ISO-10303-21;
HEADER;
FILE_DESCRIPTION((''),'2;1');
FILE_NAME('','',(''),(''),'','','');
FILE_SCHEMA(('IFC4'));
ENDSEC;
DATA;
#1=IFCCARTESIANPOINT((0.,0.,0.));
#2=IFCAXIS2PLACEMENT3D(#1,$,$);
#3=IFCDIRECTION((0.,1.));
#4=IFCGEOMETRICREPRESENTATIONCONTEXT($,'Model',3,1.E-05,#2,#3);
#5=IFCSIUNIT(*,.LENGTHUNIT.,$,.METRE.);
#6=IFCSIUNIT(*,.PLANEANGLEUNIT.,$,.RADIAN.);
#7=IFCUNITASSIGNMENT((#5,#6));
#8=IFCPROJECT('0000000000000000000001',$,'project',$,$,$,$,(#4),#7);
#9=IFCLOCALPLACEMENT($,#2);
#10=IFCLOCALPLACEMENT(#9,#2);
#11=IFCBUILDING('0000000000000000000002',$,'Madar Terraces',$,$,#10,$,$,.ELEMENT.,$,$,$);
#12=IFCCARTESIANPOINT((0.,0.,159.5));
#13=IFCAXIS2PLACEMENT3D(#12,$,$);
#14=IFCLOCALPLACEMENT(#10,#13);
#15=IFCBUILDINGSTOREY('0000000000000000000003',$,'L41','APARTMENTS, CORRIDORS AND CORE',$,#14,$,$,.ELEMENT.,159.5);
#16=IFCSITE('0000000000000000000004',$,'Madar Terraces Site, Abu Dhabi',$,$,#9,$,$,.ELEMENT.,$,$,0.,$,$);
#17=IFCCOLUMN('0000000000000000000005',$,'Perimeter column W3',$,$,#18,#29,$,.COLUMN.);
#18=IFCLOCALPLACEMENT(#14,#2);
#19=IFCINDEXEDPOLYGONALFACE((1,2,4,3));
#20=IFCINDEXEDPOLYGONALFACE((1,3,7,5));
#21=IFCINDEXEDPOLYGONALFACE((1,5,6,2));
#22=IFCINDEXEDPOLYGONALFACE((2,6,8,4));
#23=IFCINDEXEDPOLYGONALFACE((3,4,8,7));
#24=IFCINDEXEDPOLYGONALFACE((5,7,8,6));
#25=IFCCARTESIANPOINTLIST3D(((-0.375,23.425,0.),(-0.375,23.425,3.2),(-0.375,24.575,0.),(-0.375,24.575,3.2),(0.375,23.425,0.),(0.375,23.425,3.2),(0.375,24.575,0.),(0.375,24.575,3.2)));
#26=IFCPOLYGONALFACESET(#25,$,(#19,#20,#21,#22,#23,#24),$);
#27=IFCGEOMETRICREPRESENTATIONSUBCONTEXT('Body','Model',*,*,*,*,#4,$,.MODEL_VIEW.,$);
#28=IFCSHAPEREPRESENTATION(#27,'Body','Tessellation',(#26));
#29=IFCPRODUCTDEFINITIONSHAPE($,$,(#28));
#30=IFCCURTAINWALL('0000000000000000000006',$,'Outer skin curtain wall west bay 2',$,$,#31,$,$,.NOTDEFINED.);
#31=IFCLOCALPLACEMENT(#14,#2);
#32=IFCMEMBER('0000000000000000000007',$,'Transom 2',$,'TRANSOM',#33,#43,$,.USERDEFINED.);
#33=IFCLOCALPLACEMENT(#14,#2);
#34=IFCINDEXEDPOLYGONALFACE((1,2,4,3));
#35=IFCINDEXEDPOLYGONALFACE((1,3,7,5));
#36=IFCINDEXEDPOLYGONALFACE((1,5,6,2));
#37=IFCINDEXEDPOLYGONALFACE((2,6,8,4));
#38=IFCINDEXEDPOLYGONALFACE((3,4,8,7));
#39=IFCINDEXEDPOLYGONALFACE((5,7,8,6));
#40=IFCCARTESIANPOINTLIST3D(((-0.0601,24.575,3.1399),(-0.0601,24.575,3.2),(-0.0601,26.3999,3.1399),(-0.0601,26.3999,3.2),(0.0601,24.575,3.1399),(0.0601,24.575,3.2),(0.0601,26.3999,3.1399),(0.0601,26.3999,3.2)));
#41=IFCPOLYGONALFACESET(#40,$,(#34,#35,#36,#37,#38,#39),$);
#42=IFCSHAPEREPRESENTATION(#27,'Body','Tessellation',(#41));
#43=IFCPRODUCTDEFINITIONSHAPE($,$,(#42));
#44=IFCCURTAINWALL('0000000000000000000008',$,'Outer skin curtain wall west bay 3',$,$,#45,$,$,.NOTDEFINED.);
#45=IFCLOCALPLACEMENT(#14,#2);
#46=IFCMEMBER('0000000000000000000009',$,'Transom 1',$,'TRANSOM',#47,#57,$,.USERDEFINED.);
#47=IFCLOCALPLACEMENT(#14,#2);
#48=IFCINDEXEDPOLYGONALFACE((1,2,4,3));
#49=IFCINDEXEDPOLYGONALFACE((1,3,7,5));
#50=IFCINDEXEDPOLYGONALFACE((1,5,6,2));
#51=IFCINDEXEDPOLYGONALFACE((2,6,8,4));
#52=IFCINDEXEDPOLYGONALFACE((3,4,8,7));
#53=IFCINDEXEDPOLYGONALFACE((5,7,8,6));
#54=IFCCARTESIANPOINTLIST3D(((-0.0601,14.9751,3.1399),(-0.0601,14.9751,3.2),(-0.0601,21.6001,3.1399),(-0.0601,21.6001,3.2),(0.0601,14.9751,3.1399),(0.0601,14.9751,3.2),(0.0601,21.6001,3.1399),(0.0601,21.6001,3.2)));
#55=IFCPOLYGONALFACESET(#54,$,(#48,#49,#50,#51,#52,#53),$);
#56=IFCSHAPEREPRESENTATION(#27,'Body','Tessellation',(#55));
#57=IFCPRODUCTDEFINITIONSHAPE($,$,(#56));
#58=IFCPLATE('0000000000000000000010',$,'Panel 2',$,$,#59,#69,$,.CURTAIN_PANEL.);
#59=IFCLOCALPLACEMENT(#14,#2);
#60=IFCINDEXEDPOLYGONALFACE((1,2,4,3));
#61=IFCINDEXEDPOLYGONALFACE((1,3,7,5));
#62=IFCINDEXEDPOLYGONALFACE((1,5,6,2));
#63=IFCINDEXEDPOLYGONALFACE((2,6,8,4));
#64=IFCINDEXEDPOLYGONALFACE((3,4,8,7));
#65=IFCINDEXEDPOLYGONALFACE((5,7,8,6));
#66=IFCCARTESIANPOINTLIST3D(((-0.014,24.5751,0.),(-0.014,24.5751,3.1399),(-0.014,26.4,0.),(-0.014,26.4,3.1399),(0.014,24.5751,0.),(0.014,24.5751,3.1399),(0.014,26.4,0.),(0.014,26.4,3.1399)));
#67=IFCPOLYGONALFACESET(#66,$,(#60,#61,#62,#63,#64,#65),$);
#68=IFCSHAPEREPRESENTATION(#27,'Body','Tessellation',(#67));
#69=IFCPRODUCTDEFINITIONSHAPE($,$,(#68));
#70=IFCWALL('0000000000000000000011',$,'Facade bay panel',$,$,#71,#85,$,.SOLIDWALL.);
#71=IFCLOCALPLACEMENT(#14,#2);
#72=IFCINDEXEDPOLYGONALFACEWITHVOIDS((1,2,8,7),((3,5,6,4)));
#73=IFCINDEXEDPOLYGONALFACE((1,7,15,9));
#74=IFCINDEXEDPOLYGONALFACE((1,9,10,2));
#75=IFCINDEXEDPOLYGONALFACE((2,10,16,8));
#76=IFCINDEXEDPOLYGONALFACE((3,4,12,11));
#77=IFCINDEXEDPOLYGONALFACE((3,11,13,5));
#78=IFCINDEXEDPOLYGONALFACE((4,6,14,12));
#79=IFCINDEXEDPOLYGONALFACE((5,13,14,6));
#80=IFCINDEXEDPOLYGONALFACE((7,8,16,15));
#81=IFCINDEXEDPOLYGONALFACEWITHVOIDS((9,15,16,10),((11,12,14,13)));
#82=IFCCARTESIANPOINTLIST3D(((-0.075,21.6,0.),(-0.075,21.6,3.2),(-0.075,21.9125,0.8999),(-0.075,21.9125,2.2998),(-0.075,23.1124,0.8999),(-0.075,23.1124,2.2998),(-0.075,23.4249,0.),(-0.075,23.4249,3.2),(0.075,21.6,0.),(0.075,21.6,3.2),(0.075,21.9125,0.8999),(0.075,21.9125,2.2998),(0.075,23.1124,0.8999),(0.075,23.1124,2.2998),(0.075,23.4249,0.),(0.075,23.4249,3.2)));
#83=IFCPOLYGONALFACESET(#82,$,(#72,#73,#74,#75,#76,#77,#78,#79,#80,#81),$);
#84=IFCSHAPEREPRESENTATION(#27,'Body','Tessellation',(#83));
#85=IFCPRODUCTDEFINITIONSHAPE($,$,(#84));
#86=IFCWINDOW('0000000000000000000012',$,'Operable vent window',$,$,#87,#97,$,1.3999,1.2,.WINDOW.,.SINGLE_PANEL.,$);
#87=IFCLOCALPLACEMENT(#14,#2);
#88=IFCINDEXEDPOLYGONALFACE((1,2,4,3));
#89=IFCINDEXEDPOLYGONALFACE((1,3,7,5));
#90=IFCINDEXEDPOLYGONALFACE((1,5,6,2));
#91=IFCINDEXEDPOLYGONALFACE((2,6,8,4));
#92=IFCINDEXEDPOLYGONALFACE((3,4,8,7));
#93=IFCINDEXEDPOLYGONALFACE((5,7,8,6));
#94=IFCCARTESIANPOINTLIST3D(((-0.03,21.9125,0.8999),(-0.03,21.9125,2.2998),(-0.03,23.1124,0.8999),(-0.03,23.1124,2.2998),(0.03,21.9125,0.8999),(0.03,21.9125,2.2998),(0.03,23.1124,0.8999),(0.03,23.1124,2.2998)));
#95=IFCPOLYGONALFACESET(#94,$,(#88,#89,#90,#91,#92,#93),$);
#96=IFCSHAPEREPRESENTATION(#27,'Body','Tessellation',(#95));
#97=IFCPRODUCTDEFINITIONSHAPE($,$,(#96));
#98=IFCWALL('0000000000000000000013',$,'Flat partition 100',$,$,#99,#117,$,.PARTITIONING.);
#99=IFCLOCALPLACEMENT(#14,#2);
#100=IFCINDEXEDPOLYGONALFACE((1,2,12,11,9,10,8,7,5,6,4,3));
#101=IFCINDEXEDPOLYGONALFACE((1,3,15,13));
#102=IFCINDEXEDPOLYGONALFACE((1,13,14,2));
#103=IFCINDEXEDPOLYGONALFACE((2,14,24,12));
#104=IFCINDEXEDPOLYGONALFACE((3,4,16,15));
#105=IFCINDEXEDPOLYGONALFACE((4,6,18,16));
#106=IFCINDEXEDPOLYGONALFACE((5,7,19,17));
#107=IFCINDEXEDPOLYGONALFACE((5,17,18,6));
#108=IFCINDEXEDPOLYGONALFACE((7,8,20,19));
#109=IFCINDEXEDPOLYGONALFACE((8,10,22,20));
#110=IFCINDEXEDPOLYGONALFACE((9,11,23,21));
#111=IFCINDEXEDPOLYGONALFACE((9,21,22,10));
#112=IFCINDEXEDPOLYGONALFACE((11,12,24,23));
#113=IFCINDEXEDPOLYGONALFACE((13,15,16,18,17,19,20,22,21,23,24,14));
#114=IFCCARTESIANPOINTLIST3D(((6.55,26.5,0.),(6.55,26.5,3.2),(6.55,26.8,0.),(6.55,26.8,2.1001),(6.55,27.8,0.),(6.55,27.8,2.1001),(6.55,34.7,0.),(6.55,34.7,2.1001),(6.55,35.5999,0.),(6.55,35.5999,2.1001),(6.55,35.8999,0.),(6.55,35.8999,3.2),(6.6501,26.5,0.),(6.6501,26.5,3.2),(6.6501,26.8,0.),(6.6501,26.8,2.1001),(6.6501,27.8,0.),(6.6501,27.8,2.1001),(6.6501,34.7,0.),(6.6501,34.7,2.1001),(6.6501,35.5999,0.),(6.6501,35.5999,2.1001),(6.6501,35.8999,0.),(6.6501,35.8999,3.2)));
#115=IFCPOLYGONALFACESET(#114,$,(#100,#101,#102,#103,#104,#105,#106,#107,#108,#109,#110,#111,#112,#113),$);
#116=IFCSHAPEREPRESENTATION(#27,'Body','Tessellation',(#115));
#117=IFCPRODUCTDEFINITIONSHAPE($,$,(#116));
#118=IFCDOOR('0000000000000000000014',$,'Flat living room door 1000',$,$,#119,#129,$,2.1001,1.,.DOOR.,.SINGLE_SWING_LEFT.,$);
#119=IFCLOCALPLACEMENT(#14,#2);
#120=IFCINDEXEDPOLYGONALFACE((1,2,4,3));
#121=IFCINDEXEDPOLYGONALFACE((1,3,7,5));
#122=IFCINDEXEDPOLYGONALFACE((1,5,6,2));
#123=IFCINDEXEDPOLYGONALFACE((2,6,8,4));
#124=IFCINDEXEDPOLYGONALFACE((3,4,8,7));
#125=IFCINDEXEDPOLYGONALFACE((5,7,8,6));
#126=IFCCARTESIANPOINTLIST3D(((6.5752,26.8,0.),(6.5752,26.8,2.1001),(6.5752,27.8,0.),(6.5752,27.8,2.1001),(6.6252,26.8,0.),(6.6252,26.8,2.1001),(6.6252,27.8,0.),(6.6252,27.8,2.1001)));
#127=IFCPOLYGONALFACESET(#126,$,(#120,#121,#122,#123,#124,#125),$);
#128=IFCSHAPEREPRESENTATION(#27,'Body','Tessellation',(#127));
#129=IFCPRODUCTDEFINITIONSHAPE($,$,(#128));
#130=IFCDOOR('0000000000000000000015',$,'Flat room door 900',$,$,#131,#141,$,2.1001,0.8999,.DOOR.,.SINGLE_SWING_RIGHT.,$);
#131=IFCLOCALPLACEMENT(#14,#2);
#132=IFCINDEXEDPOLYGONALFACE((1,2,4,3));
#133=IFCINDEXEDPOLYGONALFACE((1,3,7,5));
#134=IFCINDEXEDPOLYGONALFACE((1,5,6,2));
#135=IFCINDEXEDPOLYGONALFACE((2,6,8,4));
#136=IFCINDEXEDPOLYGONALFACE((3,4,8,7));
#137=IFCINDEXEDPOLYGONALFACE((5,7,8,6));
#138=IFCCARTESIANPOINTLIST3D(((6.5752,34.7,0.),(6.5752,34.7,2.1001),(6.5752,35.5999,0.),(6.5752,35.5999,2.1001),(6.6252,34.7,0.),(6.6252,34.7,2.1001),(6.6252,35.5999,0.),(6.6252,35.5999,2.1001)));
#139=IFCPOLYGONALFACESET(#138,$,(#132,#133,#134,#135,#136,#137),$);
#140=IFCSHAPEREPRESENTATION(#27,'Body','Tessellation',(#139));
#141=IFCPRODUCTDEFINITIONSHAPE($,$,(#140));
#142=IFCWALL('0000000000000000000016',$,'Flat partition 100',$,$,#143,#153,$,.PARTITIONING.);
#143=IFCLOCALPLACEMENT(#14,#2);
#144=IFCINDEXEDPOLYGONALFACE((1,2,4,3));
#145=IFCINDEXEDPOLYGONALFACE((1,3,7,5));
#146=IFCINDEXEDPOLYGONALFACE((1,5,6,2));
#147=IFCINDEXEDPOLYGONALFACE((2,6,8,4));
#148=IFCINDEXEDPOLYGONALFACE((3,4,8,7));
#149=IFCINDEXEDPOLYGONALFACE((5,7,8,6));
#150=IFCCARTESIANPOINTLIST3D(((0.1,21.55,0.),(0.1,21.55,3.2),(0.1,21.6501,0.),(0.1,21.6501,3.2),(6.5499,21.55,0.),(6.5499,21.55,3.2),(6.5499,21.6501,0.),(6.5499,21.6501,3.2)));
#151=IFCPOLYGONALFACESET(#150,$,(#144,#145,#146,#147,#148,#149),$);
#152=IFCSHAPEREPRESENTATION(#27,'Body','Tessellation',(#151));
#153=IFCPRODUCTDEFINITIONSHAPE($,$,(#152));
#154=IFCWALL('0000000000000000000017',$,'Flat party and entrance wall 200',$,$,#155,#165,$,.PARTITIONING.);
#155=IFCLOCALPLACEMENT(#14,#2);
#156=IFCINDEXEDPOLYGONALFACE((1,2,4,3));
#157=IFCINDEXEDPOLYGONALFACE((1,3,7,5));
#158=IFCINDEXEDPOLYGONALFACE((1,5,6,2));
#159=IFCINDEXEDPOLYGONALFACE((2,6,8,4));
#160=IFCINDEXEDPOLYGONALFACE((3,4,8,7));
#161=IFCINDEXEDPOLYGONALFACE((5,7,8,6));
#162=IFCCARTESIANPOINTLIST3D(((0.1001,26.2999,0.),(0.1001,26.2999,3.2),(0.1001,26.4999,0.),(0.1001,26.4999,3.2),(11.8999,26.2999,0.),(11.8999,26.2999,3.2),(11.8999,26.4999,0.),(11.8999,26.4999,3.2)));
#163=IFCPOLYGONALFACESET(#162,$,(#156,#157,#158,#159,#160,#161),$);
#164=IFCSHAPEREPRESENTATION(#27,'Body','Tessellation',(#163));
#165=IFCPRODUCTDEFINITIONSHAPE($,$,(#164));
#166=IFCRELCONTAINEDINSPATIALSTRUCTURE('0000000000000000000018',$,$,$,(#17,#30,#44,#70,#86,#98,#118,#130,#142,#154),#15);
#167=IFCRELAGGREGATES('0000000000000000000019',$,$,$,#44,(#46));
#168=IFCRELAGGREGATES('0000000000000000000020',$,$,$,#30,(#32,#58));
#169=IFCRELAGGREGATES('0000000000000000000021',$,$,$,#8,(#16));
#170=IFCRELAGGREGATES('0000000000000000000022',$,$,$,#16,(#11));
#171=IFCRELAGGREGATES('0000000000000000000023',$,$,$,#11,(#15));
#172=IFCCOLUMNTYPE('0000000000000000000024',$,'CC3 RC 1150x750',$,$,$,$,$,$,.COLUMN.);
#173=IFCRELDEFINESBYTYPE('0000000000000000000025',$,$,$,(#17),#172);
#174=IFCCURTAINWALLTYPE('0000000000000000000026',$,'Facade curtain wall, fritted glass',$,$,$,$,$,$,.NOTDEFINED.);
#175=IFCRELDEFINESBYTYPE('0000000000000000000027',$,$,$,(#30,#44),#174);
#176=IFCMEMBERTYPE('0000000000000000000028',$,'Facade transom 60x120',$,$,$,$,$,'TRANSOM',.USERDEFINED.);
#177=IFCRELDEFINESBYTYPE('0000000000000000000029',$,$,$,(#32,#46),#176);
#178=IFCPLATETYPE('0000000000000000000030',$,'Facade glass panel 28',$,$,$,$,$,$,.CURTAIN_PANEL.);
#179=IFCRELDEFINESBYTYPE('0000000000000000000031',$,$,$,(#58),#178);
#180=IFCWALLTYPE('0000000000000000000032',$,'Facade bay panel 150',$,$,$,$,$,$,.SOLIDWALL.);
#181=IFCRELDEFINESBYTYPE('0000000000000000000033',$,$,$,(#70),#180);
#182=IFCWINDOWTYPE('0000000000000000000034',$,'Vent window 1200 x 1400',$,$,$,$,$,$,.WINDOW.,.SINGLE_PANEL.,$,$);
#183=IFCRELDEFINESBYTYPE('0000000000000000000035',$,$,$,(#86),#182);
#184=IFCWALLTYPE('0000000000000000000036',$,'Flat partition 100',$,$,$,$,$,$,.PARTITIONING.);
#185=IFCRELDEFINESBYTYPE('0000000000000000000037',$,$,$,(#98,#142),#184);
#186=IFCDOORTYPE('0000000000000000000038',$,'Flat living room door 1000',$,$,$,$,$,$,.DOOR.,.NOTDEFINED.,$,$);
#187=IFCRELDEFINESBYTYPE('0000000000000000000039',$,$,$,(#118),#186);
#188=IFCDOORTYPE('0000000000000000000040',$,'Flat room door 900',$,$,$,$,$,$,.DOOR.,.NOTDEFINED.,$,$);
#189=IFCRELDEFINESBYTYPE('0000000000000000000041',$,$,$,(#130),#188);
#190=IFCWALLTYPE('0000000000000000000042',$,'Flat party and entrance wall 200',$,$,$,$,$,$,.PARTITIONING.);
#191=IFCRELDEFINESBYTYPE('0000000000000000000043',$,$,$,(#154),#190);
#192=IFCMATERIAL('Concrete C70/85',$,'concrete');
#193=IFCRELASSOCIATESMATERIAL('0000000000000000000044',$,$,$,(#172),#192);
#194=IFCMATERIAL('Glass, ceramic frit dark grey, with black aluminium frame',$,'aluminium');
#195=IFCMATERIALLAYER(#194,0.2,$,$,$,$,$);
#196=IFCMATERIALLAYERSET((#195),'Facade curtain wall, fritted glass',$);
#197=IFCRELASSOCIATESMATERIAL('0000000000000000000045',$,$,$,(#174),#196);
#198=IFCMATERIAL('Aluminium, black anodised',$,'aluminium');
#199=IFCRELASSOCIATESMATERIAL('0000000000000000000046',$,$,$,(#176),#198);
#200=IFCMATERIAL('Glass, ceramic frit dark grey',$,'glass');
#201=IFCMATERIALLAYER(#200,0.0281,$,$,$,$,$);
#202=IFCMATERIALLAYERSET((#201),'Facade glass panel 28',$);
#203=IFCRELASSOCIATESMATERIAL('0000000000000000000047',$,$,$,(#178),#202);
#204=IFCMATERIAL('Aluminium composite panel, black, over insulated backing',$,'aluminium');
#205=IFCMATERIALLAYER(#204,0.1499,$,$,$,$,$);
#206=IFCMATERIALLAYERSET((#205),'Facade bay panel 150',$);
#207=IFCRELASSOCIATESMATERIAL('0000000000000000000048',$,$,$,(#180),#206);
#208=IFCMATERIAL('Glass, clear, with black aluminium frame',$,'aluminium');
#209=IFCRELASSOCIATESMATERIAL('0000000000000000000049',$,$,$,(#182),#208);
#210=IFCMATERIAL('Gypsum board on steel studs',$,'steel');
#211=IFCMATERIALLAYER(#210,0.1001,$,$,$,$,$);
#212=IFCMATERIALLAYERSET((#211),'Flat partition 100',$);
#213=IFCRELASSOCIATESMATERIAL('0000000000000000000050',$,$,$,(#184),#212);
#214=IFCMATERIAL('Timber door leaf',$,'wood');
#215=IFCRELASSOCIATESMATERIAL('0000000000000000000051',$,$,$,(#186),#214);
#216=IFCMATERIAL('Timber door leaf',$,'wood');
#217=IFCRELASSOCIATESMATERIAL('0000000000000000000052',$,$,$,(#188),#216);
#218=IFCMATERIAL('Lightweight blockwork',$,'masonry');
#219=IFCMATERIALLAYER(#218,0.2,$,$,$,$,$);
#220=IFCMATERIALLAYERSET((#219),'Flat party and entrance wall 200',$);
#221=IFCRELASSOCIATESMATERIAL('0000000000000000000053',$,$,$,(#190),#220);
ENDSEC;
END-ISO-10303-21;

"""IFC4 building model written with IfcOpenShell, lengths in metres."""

from ifc_helpers import new_model, si_unit, direction, frame, frame_2d, origin, origin_2d, place, context, subcontext, project, spatial, rectangle, extrude, material, layer, layer_set, material_profile, profile_set, type_object, element, fill, aggregate, save


model = new_model("IFC4")

# Units and contexts
model_context = context("Model", 3, precision=1e-05, world=origin(), true_north=direction((0.0, 1.0)))
body_context = subcontext(model_context, "Body", "Model", "MODEL_VIEW")
ifc_project = project(units=[si_unit("LENGTHUNIT", "METRE"), si_unit("PLANEANGLEUNIT", "RADIAN")], contexts=[model_context])

# Site, building, storey
site_placement = place(None, origin())
site = spatial("IfcSite", under=ifc_project, at=site_placement, Name="Madar Terraces Site, Abu Dhabi", CompositionType="ELEMENT", RefElevation=0.0)
building_placement = place(site_placement, origin())
building = spatial("IfcBuilding", under=site, at=building_placement, Name="Madar Terraces", CompositionType="ELEMENT")
storey_placement = place(building_placement, frame((0.0, 0.0, 159.5)))
storey = spatial("IfcBuildingStorey", under=building, at=storey_placement, Name="L41", Description="APARTMENTS, CORRIDORS AND CORE", CompositionType="ELEMENT", Elevation=159.5)

# Column
ifc_material_1 = material(Name="Concrete C70/85", Category="concrete")
ifc_material_profile_1 = material_profile(ifc_material_1, rectangle(XDim=1.1499, YDim=0.75, at=origin_2d()), Name="CC3 RC 1150x750")
ifc_profile_set_1 = profile_set([ifc_material_profile_1], Name="Concrete C70/85")
column_type = type_object("IfcColumnType", Name="CC3 RC 1150x750", PredefinedType="COLUMN", material=ifc_profile_set_1)
column_placement = place(storey_placement, frame((0.0, 24.0, 0.0), z_axis=(0.0, 0.0, 1.0), x_axis=(0.0, 1.0, 0.0)))
element("IfcColumn", 1, at=column_placement, inside=storey, type_object=column_type, Name="Perimeter column W3", PredefinedType="COLUMN", context=body_context, shape_type="SweptSolid", body=[
    extrude(rectangle(XDim=1.1499, YDim=0.75, at=origin_2d()), origin(), (0.0, 0.0, 1.0), 3.2),
])

# Curtain walls, members
ifc_material_2 = material(Name="Glass, ceramic frit dark grey, with black aluminium frame", Category="aluminium")
ifc_layer_1 = layer(ifc_material_2, 0.2)
ifc_layer_set_1 = layer_set([ifc_layer_1], Name="Facade curtain wall, fritted glass")
curtain_wall_type = type_object("IfcCurtainWallType", Name="Facade curtain wall, fritted glass", PredefinedType="NOTDEFINED", material=ifc_layer_set_1)
curtain_wall_1_placement = place(storey_placement, origin())
curtain_wall_1 = element("IfcCurtainWall", 2, at=curtain_wall_1_placement, inside=storey, type_object=curtain_wall_type, Name="Outer skin curtain wall west bay 2", PredefinedType="NOTDEFINED")
ifc_material_3 = material(Name="Aluminium, black anodised", Category="aluminium")
ifc_material_profile_2 = material_profile(ifc_material_3, rectangle(XDim=0.1201, YDim=0.0601, at=origin_2d()), Name="Facade transom 60x120")
ifc_profile_set_2 = profile_set([ifc_material_profile_2], Name="Aluminium, black anodised")
member_type = type_object("IfcMemberType", Name="Facade transom 60x120", ElementType="TRANSOM", PredefinedType="USERDEFINED", material=ifc_profile_set_2)
member_1_placement = place(storey_placement, frame((0.0, 26.3999, 3.1699), z_axis=(0.0, -1.0, 0.0), x_axis=(1.0, 0.0, 0.0)))
member_1 = element("IfcMember", 3, at=member_1_placement, type_object=member_type, Name="Transom 2", ObjectType="TRANSOM", PredefinedType="USERDEFINED", context=body_context, shape_type="SweptSolid", body=[
    extrude(rectangle(XDim=0.1201, YDim=0.0601, at=origin_2d()), origin(), (0.0, 0.0, 1.0), 1.825),
])
curtain_wall_2_placement = place(storey_placement, origin())
curtain_wall_2 = element("IfcCurtainWall", 4, at=curtain_wall_2_placement, inside=storey, type_object=curtain_wall_type, Name="Outer skin curtain wall west bay 3", PredefinedType="NOTDEFINED")
member_2_placement = place(storey_placement, frame((0.0, 21.6001, 3.1699), z_axis=(0.0, -1.0, 0.0), x_axis=(1.0, 0.0, 0.0)))
member_2 = element("IfcMember", 5, at=member_2_placement, type_object=member_type, Name="Transom 1", ObjectType="TRANSOM", PredefinedType="USERDEFINED", context=body_context, shape_type="SweptSolid", body=[
    extrude(rectangle(XDim=0.1201, YDim=0.0601, at=origin_2d()), origin(), (0.0, 0.0, 1.0), 6.625),
])
aggregate(curtain_wall_2, [member_2])

# Plate
ifc_material_4 = material(Name="Glass, ceramic frit dark grey", Category="glass")
ifc_layer_2 = layer(ifc_material_4, 0.0281)
ifc_layer_set_2 = layer_set([ifc_layer_2], Name="Facade glass panel 28")
plate_type = type_object("IfcPlateType", Name="Facade glass panel 28", PredefinedType="CURTAIN_PANEL", material=ifc_layer_set_2)
plate_placement = place(storey_placement, frame((0.0, 25.4875, 0.0), z_axis=(0.0, 0.0, 1.0), x_axis=(0.0, -1.0, 0.0)))
plate = element("IfcPlate", 6, at=plate_placement, type_object=plate_type, Name="Panel 2", PredefinedType="CURTAIN_PANEL", context=body_context, shape_type="SweptSolid", body=[
    extrude(rectangle(XDim=1.825, YDim=0.0281, at=origin_2d()), origin(), (0.0, 0.0, 1.0), 3.1399),
])
aggregate(curtain_wall_1, [member_1, plate])

# Shared definitions
ifc_material_5 = material(Name="Aluminium composite panel, black, over insulated backing", Category="aluminium")
ifc_layer_3 = layer(ifc_material_5, 0.1499)
ifc_layer_set_3 = layer_set([ifc_layer_3], Name="Facade bay panel 150")
wall_type_1 = type_object("IfcWallType", Name="Facade bay panel 150", PredefinedType="SOLIDWALL", material=ifc_layer_set_3)

# Wall, opening, window
wall_1_placement = place(storey_placement, frame((0.0, 23.425, 0.0), z_axis=(0.0, 0.0, 1.0), x_axis=(0.0, -1.0, 0.0)))
wall_1 = element("IfcWall", 7, at=wall_1_placement, inside=storey, type_object=wall_type_1, Name="Facade bay panel", PredefinedType="SOLIDWALL", context=body_context, shape_type="SweptSolid", body=[
    extrude(rectangle(XDim=1.825, YDim=0.1499, at=frame_2d((0.9126, 0.0))), origin(), (0.0, 0.0, 1.0), 3.2),
])
opening_1_placement = place(wall_1_placement, frame((0.3125, 0.0, 0.8999)))
opening_1 = element("IfcOpeningElement", 8, at=opening_1_placement, cuts=wall_1, PredefinedType="OPENING", context=body_context, shape_type="SweptSolid", body=[
    extrude(rectangle(XDim=1.2, YDim=1.3999, at=frame_2d((0.6001, 0.7))), frame((0.0, 0.085, 0.0), z_axis=(0.0, -1.0, 0.0), x_axis=(1.0, 0.0, 0.0)), (0.0, 0.0, 1.0), 0.1699),
])
ifc_material_6 = material(Name="Glass, clear, with black aluminium frame", Category="aluminium")
window_type = type_object("IfcWindowType", Name="Vent window 1200 x 1400", PartitioningType="SINGLE_PANEL", PredefinedType="WINDOW", material=ifc_material_6)
window_placement = place(opening_1_placement, origin())
window = element("IfcWindow", 9, at=window_placement, inside=storey, type_object=window_type, Name="Operable vent window", OverallHeight=1.3999, OverallWidth=1.2, PartitioningType="SINGLE_PANEL", PredefinedType="WINDOW", context=body_context, shape_type="SweptSolid", body=[
    extrude(rectangle(XDim=1.2, YDim=1.3999, at=frame_2d((0.6001, 0.7))), frame((0.0, 0.03, 0.0), z_axis=(0.0, -1.0, 0.0), x_axis=(1.0, 0.0, 0.0)), (0.0, 0.0, 1.0), 0.0601),
])
fill(opening_1, window)

# Wall, openings, doors
ifc_material_7 = material(Name="Gypsum board on steel studs", Category="steel")
ifc_layer_4 = layer(ifc_material_7, 0.1001)
ifc_layer_set_4 = layer_set([ifc_layer_4], Name="Flat partition 100")
wall_type_2 = type_object("IfcWallType", Name="Flat partition 100", PredefinedType="PARTITIONING", material=ifc_layer_set_4)
wall_2_placement = place(storey_placement, frame((6.6001, 26.5, 0.0), z_axis=(0.0, 0.0, 1.0), x_axis=(0.0, 1.0, 0.0)))
wall_2 = element("IfcWall", 10, at=wall_2_placement, inside=storey, type_object=wall_type_2, Name="Flat partition 100", PredefinedType="PARTITIONING", context=body_context, shape_type="SweptSolid", body=[
    extrude(rectangle(XDim=9.3999, YDim=0.1001, at=frame_2d((4.7, 0.0))), origin(), (0.0, 0.0, 1.0), 3.2),
])
opening_2_placement = place(wall_2_placement, frame((8.2, 0.0, 0.0)))
opening_2 = element("IfcOpeningElement", 11, at=opening_2_placement, cuts=wall_2, PredefinedType="OPENING", context=body_context, shape_type="SweptSolid", body=[
    extrude(rectangle(XDim=0.8999, YDim=2.1001, at=frame_2d((0.45, 1.05))), frame((0.0, 0.0601, 0.0), z_axis=(0.0, -1.0, 0.0), x_axis=(1.0, 0.0, 0.0)), (0.0, 0.0, 1.0), 0.1201),
])
opening_3_placement = place(wall_2_placement, frame((0.3, 0.0, 0.0)))
opening_3 = element("IfcOpeningElement", 12, at=opening_3_placement, cuts=wall_2, PredefinedType="OPENING", context=body_context, shape_type="SweptSolid", body=[
    extrude(rectangle(XDim=1.0, YDim=2.1001, at=frame_2d((0.5, 1.05))), frame((0.0, 0.0601, 0.0), z_axis=(0.0, -1.0, 0.0), x_axis=(1.0, 0.0, 0.0)), (0.0, 0.0, 1.0), 0.1201),
])
ifc_material_8 = material(Name="Timber door leaf", Category="wood")
door_type_1 = type_object("IfcDoorType", Name="Flat living room door 1000", OperationType="NOTDEFINED", PredefinedType="DOOR", material=ifc_material_8)
door_1_placement = place(opening_3_placement, origin())
door_1 = element("IfcDoor", 13, at=door_1_placement, inside=storey, type_object=door_type_1, Name="Flat living room door 1000", OperationType="SINGLE_SWING_LEFT", OverallHeight=2.1001, OverallWidth=1.0, PredefinedType="DOOR", context=body_context, shape_type="SweptSolid", body=[
    extrude(rectangle(XDim=1.0, YDim=2.1001, at=frame_2d((0.5, 1.05))), frame((0.0, 0.0249, 0.0), z_axis=(0.0, -1.0, 0.0), x_axis=(1.0, 0.0, 0.0)), (0.0, 0.0, 1.0), 0.05),
])
fill(opening_3, door_1)
ifc_material_9 = material(Name="Timber door leaf", Category="wood")
door_type_2 = type_object("IfcDoorType", Name="Flat room door 900", OperationType="NOTDEFINED", PredefinedType="DOOR", material=ifc_material_9)
door_2_placement = place(opening_2_placement, origin())
door_2 = element("IfcDoor", 14, at=door_2_placement, inside=storey, type_object=door_type_2, Name="Flat room door 900", OperationType="SINGLE_SWING_RIGHT", OverallHeight=2.1001, OverallWidth=0.8999, PredefinedType="DOOR", context=body_context, shape_type="SweptSolid", body=[
    extrude(rectangle(XDim=0.8999, YDim=2.1001, at=frame_2d((0.45, 1.05))), frame((0.0, 0.0249, 0.0), z_axis=(0.0, -1.0, 0.0), x_axis=(1.0, 0.0, 0.0)), (0.0, 0.0, 1.0), 0.05),
])
fill(opening_2, door_2)

# Walls
wall_3_placement = place(storey_placement, frame((6.55, 21.6001, 0.0), z_axis=(0.0, 0.0, 1.0), x_axis=(-1.0, 0.0, 0.0)))
element("IfcWall", 15, at=wall_3_placement, inside=storey, type_object=wall_type_2, Name="Flat partition 100", PredefinedType="PARTITIONING", context=body_context, shape_type="SweptSolid", body=[
    extrude(rectangle(XDim=6.45, YDim=0.1001, at=frame_2d((3.2251, 0.0))), origin(), (0.0, 0.0, 1.0), 3.2),
])
ifc_material_10 = material(Name="Lightweight blockwork", Category="masonry")
ifc_layer_5 = layer(ifc_material_10, 0.2)
ifc_layer_set_5 = layer_set([ifc_layer_5], Name="Flat party and entrance wall 200")
wall_type_3 = type_object("IfcWallType", Name="Flat party and entrance wall 200", PredefinedType="PARTITIONING", material=ifc_layer_set_5)
wall_4_placement = place(storey_placement, frame((0.1001, 26.3999, 0.0), z_axis=(0.0, 0.0, 1.0), x_axis=(1.0, 0.0, 0.0)))
element("IfcWall", 16, at=wall_4_placement, inside=storey, type_object=wall_type_3, Name="Flat party and entrance wall 200", PredefinedType="PARTITIONING", context=body_context, shape_type="SweptSolid", body=[
    extrude(rectangle(XDim=11.7998, YDim=0.2, at=frame_2d((5.8999, 0.0))), origin(), (0.0, 0.0, 1.0), 3.2),
])

save(model, "model.ifc")
